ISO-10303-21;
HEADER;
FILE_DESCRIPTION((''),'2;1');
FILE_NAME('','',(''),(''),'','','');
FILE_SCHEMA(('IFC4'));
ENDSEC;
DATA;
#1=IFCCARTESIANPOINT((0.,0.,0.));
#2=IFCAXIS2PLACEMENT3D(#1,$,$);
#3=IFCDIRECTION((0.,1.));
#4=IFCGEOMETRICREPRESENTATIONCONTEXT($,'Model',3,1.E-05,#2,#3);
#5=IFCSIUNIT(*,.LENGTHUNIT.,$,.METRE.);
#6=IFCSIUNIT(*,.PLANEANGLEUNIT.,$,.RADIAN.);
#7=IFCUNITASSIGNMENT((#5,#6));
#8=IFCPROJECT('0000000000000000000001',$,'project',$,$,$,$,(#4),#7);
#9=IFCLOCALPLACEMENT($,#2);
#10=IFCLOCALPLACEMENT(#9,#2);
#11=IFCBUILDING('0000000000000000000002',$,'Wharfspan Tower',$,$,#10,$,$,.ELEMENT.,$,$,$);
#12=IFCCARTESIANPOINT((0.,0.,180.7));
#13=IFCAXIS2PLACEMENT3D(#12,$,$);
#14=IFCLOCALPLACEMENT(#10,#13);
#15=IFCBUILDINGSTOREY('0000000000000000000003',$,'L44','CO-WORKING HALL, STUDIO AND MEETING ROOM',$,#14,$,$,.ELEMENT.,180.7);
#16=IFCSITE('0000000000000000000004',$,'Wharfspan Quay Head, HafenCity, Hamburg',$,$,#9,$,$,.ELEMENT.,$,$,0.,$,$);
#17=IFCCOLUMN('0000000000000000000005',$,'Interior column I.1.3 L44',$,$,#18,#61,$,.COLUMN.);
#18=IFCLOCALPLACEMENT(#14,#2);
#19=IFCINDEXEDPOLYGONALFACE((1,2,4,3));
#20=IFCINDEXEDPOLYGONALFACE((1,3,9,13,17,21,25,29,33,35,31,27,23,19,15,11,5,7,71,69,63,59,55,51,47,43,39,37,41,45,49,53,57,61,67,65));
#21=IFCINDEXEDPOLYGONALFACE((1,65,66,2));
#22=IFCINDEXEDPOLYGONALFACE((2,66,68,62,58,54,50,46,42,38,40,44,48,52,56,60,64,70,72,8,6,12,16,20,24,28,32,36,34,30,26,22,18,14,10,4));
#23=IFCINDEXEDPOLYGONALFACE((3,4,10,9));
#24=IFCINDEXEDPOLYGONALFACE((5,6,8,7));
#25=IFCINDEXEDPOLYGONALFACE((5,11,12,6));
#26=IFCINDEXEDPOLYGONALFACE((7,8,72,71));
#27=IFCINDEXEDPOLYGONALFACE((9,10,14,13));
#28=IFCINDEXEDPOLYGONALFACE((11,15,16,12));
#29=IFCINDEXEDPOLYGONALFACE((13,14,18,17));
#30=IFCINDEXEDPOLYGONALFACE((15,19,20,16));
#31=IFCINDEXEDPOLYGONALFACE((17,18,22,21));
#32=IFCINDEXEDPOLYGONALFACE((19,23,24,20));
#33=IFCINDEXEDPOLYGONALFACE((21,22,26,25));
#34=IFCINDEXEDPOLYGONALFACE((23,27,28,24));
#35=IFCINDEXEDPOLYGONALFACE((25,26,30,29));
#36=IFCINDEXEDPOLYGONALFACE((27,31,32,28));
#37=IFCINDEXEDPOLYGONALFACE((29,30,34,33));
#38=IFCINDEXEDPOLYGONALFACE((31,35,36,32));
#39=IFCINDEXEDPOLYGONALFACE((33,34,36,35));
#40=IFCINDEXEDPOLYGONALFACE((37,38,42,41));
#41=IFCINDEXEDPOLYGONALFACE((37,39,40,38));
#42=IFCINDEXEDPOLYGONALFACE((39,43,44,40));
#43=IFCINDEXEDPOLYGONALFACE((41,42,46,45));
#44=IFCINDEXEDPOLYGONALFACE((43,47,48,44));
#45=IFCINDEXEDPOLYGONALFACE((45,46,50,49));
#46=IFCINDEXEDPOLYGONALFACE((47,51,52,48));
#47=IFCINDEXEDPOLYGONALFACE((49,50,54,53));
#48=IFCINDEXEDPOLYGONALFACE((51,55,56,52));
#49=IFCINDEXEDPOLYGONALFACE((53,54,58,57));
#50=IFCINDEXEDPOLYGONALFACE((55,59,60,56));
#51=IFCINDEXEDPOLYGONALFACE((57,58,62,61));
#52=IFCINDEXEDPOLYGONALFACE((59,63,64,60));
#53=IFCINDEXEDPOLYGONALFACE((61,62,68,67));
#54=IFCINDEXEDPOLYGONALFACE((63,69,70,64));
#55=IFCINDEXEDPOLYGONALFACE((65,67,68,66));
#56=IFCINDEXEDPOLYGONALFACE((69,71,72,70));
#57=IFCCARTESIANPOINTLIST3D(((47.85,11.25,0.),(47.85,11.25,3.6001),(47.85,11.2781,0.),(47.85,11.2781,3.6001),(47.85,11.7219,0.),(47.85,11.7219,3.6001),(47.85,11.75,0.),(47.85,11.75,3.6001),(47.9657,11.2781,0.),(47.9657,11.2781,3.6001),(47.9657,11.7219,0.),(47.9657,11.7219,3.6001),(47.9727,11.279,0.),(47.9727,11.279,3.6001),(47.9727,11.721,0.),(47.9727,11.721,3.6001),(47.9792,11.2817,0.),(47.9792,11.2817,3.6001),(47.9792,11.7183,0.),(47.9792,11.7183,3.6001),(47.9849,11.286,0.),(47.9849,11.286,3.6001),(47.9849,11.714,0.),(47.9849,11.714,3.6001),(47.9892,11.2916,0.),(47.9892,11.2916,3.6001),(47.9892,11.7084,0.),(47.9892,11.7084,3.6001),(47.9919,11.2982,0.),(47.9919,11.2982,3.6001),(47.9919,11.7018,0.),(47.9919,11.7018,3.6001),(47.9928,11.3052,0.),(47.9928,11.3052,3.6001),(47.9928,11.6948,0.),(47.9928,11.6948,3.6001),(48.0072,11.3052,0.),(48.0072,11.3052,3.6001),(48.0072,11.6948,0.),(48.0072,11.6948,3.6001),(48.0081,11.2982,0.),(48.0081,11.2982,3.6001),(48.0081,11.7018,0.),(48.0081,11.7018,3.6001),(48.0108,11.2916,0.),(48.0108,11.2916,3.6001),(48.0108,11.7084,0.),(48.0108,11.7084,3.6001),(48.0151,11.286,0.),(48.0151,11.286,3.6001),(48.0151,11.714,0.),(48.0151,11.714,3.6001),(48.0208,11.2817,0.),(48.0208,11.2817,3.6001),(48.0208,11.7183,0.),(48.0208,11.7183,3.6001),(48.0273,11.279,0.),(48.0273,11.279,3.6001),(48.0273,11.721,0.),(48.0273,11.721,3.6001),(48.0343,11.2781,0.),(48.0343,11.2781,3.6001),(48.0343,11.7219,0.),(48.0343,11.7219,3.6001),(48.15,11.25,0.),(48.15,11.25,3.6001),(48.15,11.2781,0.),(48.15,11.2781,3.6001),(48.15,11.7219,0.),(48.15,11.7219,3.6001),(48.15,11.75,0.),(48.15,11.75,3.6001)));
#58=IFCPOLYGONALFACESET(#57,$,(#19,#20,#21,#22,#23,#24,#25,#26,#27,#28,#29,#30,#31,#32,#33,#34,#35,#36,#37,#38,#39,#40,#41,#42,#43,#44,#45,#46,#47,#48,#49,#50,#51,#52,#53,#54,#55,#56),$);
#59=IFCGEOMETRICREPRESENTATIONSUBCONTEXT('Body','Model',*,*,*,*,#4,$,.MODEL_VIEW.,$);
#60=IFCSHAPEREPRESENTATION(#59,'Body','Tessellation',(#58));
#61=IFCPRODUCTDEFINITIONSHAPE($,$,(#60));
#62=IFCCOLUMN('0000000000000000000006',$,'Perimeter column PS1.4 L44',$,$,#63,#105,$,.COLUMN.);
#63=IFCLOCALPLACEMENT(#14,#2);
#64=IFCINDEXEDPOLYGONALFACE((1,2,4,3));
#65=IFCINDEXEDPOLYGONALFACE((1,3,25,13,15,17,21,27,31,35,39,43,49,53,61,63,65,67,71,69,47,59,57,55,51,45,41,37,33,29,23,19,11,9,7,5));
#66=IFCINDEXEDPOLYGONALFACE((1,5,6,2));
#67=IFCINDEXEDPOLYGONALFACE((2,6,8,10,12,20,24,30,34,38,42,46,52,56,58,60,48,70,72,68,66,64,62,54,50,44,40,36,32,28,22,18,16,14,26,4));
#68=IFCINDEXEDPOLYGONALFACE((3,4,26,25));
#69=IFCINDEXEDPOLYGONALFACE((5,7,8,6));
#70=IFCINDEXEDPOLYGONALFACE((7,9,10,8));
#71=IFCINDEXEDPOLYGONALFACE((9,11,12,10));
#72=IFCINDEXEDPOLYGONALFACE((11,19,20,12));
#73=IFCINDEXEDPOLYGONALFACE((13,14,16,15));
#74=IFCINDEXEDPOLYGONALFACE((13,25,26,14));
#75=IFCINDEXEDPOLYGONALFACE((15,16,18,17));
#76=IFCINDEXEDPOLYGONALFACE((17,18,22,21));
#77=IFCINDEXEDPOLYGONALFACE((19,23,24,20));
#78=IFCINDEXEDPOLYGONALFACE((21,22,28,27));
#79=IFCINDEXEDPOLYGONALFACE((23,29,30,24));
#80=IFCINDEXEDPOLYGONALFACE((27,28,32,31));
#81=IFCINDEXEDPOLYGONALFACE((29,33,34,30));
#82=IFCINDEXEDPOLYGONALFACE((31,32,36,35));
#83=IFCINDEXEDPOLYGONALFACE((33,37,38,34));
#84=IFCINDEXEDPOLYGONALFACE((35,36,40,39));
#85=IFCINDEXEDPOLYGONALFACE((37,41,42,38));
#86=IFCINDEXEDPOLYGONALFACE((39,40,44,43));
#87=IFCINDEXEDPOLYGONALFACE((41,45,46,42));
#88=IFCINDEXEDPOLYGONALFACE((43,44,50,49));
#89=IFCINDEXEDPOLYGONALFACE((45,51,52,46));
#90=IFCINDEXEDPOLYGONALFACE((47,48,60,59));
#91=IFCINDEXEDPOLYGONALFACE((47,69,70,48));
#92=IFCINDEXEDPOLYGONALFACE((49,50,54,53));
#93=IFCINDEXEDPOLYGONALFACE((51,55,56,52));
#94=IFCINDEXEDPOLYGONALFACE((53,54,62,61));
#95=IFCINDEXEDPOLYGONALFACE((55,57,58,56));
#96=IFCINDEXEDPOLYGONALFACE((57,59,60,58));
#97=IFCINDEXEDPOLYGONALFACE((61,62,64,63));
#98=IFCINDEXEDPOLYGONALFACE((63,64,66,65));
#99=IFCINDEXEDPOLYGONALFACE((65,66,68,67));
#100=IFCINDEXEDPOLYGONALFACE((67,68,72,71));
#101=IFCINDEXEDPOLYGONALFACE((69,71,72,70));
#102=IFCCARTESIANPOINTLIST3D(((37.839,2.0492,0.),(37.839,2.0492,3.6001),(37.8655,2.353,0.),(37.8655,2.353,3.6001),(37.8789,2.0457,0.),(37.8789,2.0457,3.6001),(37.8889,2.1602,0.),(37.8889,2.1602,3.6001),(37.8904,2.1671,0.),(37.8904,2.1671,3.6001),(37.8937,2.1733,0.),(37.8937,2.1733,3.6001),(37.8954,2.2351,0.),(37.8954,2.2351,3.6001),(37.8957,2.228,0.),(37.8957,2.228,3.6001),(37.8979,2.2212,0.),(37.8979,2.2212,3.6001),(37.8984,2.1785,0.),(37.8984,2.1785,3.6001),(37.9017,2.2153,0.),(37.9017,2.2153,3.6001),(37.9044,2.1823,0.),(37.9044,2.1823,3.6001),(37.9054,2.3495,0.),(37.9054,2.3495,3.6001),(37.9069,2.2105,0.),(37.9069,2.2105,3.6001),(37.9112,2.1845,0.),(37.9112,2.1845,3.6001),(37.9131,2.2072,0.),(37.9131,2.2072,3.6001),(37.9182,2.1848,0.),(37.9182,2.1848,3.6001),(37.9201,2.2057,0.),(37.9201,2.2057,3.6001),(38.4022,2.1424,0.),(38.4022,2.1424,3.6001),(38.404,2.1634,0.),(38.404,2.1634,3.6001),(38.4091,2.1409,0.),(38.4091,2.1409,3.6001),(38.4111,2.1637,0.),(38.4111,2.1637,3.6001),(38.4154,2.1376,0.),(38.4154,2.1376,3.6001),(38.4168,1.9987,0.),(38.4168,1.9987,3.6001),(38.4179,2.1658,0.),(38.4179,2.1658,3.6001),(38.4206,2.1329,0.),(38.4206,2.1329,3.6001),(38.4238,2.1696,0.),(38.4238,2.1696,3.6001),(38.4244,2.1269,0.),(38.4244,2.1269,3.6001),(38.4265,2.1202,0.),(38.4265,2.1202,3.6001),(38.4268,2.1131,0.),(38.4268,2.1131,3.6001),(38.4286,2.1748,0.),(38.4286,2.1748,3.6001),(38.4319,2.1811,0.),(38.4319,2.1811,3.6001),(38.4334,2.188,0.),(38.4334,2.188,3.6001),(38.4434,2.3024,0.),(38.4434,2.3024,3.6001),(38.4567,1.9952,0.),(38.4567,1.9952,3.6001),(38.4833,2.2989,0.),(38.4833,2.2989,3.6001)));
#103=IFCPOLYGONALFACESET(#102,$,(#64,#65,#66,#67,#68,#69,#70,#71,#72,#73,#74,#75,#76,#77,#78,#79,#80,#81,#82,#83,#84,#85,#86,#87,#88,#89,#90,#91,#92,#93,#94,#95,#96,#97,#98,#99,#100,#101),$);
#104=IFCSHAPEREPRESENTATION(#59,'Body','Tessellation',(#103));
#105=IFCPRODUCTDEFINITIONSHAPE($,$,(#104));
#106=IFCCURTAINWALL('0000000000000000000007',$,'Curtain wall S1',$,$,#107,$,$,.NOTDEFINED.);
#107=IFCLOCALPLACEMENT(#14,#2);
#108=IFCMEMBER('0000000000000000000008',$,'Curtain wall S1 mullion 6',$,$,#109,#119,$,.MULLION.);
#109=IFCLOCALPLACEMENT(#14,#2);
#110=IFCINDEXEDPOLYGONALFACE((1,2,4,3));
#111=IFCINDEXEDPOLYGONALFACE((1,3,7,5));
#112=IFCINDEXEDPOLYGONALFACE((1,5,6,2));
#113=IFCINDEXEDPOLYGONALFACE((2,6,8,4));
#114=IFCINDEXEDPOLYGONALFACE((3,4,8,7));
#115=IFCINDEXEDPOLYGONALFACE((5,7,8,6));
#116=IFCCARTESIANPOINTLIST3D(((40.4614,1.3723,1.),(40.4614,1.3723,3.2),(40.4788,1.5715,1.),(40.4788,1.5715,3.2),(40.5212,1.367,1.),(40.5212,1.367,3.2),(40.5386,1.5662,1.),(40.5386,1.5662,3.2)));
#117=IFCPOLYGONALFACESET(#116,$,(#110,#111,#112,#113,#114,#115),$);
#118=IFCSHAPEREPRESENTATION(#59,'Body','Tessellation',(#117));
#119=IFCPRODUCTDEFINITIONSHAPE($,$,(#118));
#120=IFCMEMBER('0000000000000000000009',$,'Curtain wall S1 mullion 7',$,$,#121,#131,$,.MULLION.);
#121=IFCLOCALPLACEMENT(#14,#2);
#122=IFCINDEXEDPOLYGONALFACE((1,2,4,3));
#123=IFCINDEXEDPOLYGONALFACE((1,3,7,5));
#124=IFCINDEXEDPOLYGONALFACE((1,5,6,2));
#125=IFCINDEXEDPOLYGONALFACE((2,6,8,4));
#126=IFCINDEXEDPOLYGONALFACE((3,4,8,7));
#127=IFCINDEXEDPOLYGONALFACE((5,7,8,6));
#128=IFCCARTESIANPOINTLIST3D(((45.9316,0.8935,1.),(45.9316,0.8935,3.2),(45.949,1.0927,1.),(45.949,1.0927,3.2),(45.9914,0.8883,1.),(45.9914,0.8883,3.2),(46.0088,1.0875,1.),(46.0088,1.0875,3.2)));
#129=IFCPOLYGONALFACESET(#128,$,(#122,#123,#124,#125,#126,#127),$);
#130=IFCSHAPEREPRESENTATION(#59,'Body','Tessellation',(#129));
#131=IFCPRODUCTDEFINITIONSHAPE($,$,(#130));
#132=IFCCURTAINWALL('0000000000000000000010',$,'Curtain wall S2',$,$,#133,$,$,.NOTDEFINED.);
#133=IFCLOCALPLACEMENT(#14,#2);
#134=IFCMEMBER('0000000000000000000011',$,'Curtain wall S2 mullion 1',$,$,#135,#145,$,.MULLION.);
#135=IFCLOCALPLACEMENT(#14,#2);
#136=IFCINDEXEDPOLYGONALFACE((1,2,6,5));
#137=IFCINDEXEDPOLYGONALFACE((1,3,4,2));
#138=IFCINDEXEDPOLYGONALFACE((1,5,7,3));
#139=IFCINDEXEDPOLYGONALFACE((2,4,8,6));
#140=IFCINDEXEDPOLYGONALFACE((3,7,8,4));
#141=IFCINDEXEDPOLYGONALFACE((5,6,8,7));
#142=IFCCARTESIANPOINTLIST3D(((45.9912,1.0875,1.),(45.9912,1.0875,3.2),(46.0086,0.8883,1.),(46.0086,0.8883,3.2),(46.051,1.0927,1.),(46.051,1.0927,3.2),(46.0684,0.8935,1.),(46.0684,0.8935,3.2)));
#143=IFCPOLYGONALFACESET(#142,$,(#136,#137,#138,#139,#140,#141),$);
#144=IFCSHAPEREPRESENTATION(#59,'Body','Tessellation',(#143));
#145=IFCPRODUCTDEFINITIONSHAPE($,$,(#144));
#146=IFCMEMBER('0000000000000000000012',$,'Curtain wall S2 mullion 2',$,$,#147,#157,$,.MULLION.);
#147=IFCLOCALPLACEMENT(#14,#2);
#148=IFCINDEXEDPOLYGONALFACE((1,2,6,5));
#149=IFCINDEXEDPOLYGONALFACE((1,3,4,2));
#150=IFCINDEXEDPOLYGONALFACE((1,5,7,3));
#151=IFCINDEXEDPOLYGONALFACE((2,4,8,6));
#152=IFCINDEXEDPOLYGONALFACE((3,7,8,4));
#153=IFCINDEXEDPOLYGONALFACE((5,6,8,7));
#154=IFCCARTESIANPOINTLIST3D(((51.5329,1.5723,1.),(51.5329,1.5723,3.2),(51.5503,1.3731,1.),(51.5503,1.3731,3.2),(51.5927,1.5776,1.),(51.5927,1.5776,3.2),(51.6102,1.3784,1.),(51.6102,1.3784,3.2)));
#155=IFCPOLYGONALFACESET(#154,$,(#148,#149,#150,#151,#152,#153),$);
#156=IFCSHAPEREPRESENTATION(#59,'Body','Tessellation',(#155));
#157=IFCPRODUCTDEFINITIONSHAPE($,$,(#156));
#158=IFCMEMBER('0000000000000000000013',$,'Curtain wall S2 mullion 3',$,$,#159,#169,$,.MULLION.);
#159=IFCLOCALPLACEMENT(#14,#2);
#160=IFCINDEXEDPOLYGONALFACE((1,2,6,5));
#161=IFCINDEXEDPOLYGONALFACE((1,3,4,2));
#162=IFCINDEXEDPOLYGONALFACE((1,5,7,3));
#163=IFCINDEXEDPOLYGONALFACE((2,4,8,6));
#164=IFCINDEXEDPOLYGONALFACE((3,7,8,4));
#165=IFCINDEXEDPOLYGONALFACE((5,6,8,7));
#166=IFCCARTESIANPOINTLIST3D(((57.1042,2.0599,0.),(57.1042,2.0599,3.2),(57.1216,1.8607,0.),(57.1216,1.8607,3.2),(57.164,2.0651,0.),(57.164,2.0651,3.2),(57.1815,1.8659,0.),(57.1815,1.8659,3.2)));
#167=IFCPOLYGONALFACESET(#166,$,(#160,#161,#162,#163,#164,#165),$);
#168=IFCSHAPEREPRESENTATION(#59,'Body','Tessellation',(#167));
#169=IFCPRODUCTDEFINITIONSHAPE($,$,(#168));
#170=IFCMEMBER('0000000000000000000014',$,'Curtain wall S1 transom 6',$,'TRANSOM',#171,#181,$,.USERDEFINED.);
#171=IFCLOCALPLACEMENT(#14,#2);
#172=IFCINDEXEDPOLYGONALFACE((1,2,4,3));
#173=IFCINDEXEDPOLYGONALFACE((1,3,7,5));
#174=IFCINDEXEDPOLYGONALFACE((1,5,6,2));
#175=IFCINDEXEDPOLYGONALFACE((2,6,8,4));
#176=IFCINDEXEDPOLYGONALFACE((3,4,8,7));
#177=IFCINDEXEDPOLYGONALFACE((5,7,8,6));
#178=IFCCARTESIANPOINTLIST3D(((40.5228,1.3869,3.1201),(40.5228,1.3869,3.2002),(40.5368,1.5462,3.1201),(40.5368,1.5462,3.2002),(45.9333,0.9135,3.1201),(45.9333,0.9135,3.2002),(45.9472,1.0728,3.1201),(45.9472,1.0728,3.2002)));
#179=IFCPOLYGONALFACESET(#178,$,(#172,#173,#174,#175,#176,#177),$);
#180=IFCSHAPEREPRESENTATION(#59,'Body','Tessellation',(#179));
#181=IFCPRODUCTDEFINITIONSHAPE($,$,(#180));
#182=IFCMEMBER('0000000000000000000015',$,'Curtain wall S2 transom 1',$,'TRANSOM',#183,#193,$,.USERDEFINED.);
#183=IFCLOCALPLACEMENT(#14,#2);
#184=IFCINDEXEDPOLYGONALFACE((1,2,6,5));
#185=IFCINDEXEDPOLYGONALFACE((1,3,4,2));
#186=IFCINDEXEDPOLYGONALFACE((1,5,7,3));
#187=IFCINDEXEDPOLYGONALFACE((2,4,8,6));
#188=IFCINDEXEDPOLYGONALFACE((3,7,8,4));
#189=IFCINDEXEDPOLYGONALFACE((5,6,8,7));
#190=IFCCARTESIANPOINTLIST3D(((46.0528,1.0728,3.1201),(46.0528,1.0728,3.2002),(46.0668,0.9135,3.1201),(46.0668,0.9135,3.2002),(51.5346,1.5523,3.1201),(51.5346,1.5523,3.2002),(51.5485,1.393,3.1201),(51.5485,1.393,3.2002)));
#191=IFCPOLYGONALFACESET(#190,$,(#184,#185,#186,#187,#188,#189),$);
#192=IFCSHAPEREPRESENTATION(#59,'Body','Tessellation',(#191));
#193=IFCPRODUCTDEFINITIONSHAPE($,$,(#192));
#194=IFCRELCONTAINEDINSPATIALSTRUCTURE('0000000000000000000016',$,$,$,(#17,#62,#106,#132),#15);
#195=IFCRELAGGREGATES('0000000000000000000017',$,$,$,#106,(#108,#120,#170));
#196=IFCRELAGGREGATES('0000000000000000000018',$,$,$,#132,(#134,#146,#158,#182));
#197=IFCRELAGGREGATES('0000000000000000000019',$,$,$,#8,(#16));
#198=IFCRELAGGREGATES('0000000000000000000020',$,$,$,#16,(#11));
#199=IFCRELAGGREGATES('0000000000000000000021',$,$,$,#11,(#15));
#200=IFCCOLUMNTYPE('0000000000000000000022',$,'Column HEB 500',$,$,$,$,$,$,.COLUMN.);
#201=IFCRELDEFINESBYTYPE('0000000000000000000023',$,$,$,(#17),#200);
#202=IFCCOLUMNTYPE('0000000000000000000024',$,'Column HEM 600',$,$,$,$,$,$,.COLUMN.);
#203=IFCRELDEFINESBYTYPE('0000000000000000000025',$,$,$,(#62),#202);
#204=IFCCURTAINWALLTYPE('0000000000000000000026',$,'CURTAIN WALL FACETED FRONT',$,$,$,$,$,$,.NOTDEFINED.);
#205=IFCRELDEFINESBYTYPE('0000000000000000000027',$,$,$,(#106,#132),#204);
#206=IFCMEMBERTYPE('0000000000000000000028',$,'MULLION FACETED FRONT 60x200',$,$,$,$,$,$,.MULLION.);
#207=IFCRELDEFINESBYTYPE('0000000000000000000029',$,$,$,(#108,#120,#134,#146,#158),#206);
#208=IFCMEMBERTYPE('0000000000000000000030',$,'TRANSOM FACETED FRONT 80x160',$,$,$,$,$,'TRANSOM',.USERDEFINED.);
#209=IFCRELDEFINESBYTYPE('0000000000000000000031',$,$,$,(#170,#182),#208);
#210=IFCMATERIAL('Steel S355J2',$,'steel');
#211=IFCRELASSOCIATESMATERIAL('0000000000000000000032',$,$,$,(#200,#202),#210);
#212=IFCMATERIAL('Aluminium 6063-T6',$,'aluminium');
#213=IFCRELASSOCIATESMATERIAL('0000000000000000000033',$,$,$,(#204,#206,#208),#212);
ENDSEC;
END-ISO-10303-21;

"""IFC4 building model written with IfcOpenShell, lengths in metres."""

from ifc_helpers import new_model, si_unit, direction, frame, origin, origin_2d, place, context, subcontext, project, spatial, rectangle, i_section, extrude, material, material_profile, profile_set, type_object, element, aggregate, save


model = new_model("IFC4")

# Units and contexts
model_context = context("Model", 3, precision=1e-05, world=origin(), true_north=direction((0.0, 1.0)))
body_context = subcontext(model_context, "Body", "Model", "MODEL_VIEW")
ifc_project = project(units=[si_unit("LENGTHUNIT", "METRE"), si_unit("PLANEANGLEUNIT", "RADIAN")], contexts=[model_context])

# Site, building, storey
site_placement = place(None, origin())
site = spatial("IfcSite", under=ifc_project, at=site_placement, Name="Wharfspan Quay Head, HafenCity, Hamburg", CompositionType="ELEMENT", RefElevation=0.0)
building_placement = place(site_placement, origin())
building = spatial("IfcBuilding", under=site, at=building_placement, Name="Wharfspan Tower", CompositionType="ELEMENT")
storey_placement = place(building_placement, frame((0.0, 0.0, 180.7)))
storey = spatial("IfcBuildingStorey", under=building, at=storey_placement, Name="L44", Description="CO-WORKING HALL, STUDIO AND MEETING ROOM", CompositionType="ELEMENT", Elevation=180.7)

# Columns
ifc_material_1 = material(Name="Steel S355J2", Category="steel")
ifc_material_profile_1 = material_profile(ifc_material_1, i_section(OverallWidth=0.3, OverallDepth=0.5, WebThickness=0.0144, FlangeThickness=0.0281, FilletRadius=0.0271, at=origin_2d()))
ifc_profile_set_1 = profile_set([ifc_material_profile_1], Name="Steel S355J2")
column_type_1 = type_object("IfcColumnType", Name="Column HEB 500", PredefinedType="COLUMN", material=ifc_profile_set_1)
column_1_placement = place(storey_placement, frame((48.0, 11.5, 0.0), z_axis=(0.0, 0.0, 1.0), x_axis=(1.0, 0.0, 0.0)))
element("IfcColumn", 1, at=column_1_placement, inside=storey, type_object=column_type_1, Name="Interior column I.1.3 L44", PredefinedType="COLUMN", context=body_context, shape_type="SweptSolid", body=[
    extrude(i_section(OverallWidth=0.3, OverallDepth=0.5, WebThickness=0.0144, FlangeThickness=0.0281, FilletRadius=0.0271, at=origin_2d()), origin(), (0.0, 0.0, 1.0), 3.6001),
])
ifc_material_profile_2 = material_profile(ifc_material_1, i_section(OverallWidth=0.3049, OverallDepth=0.6201, WebThickness=0.021, FlangeThickness=0.04, FilletRadius=0.0271, at=origin_2d()))
ifc_profile_set_2 = profile_set([ifc_material_profile_2], Name="Steel S355J2")
column_type_2 = type_object("IfcColumnType", Name="Column HEM 600", PredefinedType="COLUMN", material=ifc_profile_set_2)
column_2_placement = place(storey_placement, frame((38.1611, 2.1741, 0.0), z_axis=(0.0, 0.0, 1.0), x_axis=(-0.087156, -0.996198, 0.0)))
element("IfcColumn", 2, at=column_2_placement, inside=storey, type_object=column_type_2, Name="Perimeter column PS1.4 L44", PredefinedType="COLUMN", context=body_context, shape_type="SweptSolid", body=[
    extrude(i_section(OverallWidth=0.3049, OverallDepth=0.6201, WebThickness=0.021, FlangeThickness=0.04, FilletRadius=0.0271, at=origin_2d()), origin(), (0.0, 0.0, 1.0), 3.6001),
])

# Curtain walls, members
ifc_material_2 = material(Name="Aluminium 6063-T6", Category="aluminium")
curtain_wall_type = type_object("IfcCurtainWallType", Name="CURTAIN WALL FACETED FRONT", PredefinedType="NOTDEFINED", material=ifc_material_2)
curtain_wall_1_placement = place(storey_placement, origin())
curtain_wall_1 = element("IfcCurtainWall", 3, at=curtain_wall_1_placement, inside=storey, type_object=curtain_wall_type, Name="Curtain wall S1", PredefinedType="NOTDEFINED")
ifc_material_profile_3 = material_profile(ifc_material_2, rectangle(XDim=0.2, YDim=0.0601, at=origin_2d()))
ifc_profile_set_3 = profile_set([ifc_material_profile_3], Name="Aluminium 6063-T6")
member_type_1 = type_object("IfcMemberType", Name="MULLION FACETED FRONT 60x200", PredefinedType="MULLION", material=ifc_profile_set_3)
member_1_placement = place(storey_placement, frame((40.5, 1.4692, 1.0), z_axis=(0.0, 0.0, 1.0), x_axis=(0.087156, 0.996198, 0.0)))
member_1 = element("IfcMember", 4, at=member_1_placement, type_object=member_type_1, Name="Curtain wall S1 mullion 6", PredefinedType="MULLION", context=body_context, shape_type="SweptSolid", body=[
    extrude(rectangle(XDim=0.2, YDim=0.0601, at=origin_2d()), origin(), (0.0, 0.0, 1.0), 2.2),
])
member_2_placement = place(storey_placement, frame((45.9702, 0.9905, 1.0), z_axis=(0.0, 0.0, 1.0), x_axis=(0.087156, 0.996198, 0.0)))
member_2 = element("IfcMember", 5, at=member_2_placement, type_object=member_type_1, Name="Curtain wall S1 mullion 7", PredefinedType="MULLION", context=body_context, shape_type="SweptSolid", body=[
    extrude(rectangle(XDim=0.2, YDim=0.0601, at=origin_2d()), origin(), (0.0, 0.0, 1.0), 2.2),
])
curtain_wall_2_placement = place(storey_placement, origin())
curtain_wall_2 = element("IfcCurtainWall", 6, at=curtain_wall_2_placement, inside=storey, type_object=curtain_wall_type, Name="Curtain wall S2", PredefinedType="NOTDEFINED")
member_3_placement = place(storey_placement, frame((46.0298, 0.9905, 1.0), z_axis=(0.0, 0.0, 1.0), x_axis=(-0.087156, 0.996198, 0.0)))
member_3 = element("IfcMember", 7, at=member_3_placement, type_object=member_type_1, Name="Curtain wall S2 mullion 1", PredefinedType="MULLION", context=body_context, shape_type="SweptSolid", body=[
    extrude(rectangle(XDim=0.2, YDim=0.0601, at=origin_2d()), origin(), (0.0, 0.0, 1.0), 2.2),
])
member_4_placement = place(storey_placement, frame((51.5715, 1.4753, 1.0), z_axis=(0.0, 0.0, 1.0), x_axis=(-0.087156, 0.996198, 0.0)))
member_4 = element("IfcMember", 8, at=member_4_placement, type_object=member_type_1, Name="Curtain wall S2 mullion 2", PredefinedType="MULLION", context=body_context, shape_type="SweptSolid", body=[
    extrude(rectangle(XDim=0.2, YDim=0.0601, at=origin_2d()), origin(), (0.0, 0.0, 1.0), 2.2),
])
member_5_placement = place(storey_placement, frame((57.1428, 1.9629, 0.0), z_axis=(0.0, 0.0, 1.0), x_axis=(-0.087156, 0.996198, 0.0)))
member_5 = element("IfcMember", 9, at=member_5_placement, type_object=member_type_1, Name="Curtain wall S2 mullion 3", PredefinedType="MULLION", context=body_context, shape_type="SweptSolid", body=[
    extrude(rectangle(XDim=0.2, YDim=0.0601, at=origin_2d()), origin(), (0.0, 0.0, 1.0), 3.2),
])

# Members
ifc_material_profile_4 = material_profile(ifc_material_2, rectangle(XDim=0.1599, YDim=0.0801, at=origin_2d()))
ifc_profile_set_4 = profile_set([ifc_material_profile_4], Name="Aluminium 6063-T6")
member_type_2 = type_object("IfcMemberType", Name="TRANSOM FACETED FRONT 80x160", ElementType="TRANSOM", PredefinedType="USERDEFINED", material=ifc_profile_set_4)
member_6_placement = place(storey_placement, frame((40.5298, 1.4666, 3.1602), z_axis=(0.996194, -0.087163, 0.0), x_axis=(0.087163, 0.996194, 0.0)))
member_6 = element("IfcMember", 10, at=member_6_placement, type_object=member_type_2, Name="Curtain wall S1 transom 6", ObjectType="TRANSOM", PredefinedType="USERDEFINED", context=body_context, shape_type="SweptSolid", body=[
    extrude(rectangle(XDim=0.1599, YDim=0.0801, at=origin_2d()), origin(), (0.0, 0.0, 1.0), 5.4312),
])
member_7_placement = place(storey_placement, frame((46.0598, 0.9932, 3.1602), z_axis=(0.996196, 0.087139, 0.0), x_axis=(-0.087139, 0.996196, 0.0)))
member_7 = element("IfcMember", 11, at=member_7_placement, type_object=member_type_2, Name="Curtain wall S2 transom 1", ObjectType="TRANSOM", PredefinedType="USERDEFINED", context=body_context, shape_type="SweptSolid", body=[
    extrude(rectangle(XDim=0.1599, YDim=0.0801, at=origin_2d()), origin(), (0.0, 0.0, 1.0), 5.5027),
])

aggregate(curtain_wall_1, [member_1, member_2, member_6])
aggregate(curtain_wall_2, [member_3, member_4, member_5, member_7])

save(model, "model.ifc")
